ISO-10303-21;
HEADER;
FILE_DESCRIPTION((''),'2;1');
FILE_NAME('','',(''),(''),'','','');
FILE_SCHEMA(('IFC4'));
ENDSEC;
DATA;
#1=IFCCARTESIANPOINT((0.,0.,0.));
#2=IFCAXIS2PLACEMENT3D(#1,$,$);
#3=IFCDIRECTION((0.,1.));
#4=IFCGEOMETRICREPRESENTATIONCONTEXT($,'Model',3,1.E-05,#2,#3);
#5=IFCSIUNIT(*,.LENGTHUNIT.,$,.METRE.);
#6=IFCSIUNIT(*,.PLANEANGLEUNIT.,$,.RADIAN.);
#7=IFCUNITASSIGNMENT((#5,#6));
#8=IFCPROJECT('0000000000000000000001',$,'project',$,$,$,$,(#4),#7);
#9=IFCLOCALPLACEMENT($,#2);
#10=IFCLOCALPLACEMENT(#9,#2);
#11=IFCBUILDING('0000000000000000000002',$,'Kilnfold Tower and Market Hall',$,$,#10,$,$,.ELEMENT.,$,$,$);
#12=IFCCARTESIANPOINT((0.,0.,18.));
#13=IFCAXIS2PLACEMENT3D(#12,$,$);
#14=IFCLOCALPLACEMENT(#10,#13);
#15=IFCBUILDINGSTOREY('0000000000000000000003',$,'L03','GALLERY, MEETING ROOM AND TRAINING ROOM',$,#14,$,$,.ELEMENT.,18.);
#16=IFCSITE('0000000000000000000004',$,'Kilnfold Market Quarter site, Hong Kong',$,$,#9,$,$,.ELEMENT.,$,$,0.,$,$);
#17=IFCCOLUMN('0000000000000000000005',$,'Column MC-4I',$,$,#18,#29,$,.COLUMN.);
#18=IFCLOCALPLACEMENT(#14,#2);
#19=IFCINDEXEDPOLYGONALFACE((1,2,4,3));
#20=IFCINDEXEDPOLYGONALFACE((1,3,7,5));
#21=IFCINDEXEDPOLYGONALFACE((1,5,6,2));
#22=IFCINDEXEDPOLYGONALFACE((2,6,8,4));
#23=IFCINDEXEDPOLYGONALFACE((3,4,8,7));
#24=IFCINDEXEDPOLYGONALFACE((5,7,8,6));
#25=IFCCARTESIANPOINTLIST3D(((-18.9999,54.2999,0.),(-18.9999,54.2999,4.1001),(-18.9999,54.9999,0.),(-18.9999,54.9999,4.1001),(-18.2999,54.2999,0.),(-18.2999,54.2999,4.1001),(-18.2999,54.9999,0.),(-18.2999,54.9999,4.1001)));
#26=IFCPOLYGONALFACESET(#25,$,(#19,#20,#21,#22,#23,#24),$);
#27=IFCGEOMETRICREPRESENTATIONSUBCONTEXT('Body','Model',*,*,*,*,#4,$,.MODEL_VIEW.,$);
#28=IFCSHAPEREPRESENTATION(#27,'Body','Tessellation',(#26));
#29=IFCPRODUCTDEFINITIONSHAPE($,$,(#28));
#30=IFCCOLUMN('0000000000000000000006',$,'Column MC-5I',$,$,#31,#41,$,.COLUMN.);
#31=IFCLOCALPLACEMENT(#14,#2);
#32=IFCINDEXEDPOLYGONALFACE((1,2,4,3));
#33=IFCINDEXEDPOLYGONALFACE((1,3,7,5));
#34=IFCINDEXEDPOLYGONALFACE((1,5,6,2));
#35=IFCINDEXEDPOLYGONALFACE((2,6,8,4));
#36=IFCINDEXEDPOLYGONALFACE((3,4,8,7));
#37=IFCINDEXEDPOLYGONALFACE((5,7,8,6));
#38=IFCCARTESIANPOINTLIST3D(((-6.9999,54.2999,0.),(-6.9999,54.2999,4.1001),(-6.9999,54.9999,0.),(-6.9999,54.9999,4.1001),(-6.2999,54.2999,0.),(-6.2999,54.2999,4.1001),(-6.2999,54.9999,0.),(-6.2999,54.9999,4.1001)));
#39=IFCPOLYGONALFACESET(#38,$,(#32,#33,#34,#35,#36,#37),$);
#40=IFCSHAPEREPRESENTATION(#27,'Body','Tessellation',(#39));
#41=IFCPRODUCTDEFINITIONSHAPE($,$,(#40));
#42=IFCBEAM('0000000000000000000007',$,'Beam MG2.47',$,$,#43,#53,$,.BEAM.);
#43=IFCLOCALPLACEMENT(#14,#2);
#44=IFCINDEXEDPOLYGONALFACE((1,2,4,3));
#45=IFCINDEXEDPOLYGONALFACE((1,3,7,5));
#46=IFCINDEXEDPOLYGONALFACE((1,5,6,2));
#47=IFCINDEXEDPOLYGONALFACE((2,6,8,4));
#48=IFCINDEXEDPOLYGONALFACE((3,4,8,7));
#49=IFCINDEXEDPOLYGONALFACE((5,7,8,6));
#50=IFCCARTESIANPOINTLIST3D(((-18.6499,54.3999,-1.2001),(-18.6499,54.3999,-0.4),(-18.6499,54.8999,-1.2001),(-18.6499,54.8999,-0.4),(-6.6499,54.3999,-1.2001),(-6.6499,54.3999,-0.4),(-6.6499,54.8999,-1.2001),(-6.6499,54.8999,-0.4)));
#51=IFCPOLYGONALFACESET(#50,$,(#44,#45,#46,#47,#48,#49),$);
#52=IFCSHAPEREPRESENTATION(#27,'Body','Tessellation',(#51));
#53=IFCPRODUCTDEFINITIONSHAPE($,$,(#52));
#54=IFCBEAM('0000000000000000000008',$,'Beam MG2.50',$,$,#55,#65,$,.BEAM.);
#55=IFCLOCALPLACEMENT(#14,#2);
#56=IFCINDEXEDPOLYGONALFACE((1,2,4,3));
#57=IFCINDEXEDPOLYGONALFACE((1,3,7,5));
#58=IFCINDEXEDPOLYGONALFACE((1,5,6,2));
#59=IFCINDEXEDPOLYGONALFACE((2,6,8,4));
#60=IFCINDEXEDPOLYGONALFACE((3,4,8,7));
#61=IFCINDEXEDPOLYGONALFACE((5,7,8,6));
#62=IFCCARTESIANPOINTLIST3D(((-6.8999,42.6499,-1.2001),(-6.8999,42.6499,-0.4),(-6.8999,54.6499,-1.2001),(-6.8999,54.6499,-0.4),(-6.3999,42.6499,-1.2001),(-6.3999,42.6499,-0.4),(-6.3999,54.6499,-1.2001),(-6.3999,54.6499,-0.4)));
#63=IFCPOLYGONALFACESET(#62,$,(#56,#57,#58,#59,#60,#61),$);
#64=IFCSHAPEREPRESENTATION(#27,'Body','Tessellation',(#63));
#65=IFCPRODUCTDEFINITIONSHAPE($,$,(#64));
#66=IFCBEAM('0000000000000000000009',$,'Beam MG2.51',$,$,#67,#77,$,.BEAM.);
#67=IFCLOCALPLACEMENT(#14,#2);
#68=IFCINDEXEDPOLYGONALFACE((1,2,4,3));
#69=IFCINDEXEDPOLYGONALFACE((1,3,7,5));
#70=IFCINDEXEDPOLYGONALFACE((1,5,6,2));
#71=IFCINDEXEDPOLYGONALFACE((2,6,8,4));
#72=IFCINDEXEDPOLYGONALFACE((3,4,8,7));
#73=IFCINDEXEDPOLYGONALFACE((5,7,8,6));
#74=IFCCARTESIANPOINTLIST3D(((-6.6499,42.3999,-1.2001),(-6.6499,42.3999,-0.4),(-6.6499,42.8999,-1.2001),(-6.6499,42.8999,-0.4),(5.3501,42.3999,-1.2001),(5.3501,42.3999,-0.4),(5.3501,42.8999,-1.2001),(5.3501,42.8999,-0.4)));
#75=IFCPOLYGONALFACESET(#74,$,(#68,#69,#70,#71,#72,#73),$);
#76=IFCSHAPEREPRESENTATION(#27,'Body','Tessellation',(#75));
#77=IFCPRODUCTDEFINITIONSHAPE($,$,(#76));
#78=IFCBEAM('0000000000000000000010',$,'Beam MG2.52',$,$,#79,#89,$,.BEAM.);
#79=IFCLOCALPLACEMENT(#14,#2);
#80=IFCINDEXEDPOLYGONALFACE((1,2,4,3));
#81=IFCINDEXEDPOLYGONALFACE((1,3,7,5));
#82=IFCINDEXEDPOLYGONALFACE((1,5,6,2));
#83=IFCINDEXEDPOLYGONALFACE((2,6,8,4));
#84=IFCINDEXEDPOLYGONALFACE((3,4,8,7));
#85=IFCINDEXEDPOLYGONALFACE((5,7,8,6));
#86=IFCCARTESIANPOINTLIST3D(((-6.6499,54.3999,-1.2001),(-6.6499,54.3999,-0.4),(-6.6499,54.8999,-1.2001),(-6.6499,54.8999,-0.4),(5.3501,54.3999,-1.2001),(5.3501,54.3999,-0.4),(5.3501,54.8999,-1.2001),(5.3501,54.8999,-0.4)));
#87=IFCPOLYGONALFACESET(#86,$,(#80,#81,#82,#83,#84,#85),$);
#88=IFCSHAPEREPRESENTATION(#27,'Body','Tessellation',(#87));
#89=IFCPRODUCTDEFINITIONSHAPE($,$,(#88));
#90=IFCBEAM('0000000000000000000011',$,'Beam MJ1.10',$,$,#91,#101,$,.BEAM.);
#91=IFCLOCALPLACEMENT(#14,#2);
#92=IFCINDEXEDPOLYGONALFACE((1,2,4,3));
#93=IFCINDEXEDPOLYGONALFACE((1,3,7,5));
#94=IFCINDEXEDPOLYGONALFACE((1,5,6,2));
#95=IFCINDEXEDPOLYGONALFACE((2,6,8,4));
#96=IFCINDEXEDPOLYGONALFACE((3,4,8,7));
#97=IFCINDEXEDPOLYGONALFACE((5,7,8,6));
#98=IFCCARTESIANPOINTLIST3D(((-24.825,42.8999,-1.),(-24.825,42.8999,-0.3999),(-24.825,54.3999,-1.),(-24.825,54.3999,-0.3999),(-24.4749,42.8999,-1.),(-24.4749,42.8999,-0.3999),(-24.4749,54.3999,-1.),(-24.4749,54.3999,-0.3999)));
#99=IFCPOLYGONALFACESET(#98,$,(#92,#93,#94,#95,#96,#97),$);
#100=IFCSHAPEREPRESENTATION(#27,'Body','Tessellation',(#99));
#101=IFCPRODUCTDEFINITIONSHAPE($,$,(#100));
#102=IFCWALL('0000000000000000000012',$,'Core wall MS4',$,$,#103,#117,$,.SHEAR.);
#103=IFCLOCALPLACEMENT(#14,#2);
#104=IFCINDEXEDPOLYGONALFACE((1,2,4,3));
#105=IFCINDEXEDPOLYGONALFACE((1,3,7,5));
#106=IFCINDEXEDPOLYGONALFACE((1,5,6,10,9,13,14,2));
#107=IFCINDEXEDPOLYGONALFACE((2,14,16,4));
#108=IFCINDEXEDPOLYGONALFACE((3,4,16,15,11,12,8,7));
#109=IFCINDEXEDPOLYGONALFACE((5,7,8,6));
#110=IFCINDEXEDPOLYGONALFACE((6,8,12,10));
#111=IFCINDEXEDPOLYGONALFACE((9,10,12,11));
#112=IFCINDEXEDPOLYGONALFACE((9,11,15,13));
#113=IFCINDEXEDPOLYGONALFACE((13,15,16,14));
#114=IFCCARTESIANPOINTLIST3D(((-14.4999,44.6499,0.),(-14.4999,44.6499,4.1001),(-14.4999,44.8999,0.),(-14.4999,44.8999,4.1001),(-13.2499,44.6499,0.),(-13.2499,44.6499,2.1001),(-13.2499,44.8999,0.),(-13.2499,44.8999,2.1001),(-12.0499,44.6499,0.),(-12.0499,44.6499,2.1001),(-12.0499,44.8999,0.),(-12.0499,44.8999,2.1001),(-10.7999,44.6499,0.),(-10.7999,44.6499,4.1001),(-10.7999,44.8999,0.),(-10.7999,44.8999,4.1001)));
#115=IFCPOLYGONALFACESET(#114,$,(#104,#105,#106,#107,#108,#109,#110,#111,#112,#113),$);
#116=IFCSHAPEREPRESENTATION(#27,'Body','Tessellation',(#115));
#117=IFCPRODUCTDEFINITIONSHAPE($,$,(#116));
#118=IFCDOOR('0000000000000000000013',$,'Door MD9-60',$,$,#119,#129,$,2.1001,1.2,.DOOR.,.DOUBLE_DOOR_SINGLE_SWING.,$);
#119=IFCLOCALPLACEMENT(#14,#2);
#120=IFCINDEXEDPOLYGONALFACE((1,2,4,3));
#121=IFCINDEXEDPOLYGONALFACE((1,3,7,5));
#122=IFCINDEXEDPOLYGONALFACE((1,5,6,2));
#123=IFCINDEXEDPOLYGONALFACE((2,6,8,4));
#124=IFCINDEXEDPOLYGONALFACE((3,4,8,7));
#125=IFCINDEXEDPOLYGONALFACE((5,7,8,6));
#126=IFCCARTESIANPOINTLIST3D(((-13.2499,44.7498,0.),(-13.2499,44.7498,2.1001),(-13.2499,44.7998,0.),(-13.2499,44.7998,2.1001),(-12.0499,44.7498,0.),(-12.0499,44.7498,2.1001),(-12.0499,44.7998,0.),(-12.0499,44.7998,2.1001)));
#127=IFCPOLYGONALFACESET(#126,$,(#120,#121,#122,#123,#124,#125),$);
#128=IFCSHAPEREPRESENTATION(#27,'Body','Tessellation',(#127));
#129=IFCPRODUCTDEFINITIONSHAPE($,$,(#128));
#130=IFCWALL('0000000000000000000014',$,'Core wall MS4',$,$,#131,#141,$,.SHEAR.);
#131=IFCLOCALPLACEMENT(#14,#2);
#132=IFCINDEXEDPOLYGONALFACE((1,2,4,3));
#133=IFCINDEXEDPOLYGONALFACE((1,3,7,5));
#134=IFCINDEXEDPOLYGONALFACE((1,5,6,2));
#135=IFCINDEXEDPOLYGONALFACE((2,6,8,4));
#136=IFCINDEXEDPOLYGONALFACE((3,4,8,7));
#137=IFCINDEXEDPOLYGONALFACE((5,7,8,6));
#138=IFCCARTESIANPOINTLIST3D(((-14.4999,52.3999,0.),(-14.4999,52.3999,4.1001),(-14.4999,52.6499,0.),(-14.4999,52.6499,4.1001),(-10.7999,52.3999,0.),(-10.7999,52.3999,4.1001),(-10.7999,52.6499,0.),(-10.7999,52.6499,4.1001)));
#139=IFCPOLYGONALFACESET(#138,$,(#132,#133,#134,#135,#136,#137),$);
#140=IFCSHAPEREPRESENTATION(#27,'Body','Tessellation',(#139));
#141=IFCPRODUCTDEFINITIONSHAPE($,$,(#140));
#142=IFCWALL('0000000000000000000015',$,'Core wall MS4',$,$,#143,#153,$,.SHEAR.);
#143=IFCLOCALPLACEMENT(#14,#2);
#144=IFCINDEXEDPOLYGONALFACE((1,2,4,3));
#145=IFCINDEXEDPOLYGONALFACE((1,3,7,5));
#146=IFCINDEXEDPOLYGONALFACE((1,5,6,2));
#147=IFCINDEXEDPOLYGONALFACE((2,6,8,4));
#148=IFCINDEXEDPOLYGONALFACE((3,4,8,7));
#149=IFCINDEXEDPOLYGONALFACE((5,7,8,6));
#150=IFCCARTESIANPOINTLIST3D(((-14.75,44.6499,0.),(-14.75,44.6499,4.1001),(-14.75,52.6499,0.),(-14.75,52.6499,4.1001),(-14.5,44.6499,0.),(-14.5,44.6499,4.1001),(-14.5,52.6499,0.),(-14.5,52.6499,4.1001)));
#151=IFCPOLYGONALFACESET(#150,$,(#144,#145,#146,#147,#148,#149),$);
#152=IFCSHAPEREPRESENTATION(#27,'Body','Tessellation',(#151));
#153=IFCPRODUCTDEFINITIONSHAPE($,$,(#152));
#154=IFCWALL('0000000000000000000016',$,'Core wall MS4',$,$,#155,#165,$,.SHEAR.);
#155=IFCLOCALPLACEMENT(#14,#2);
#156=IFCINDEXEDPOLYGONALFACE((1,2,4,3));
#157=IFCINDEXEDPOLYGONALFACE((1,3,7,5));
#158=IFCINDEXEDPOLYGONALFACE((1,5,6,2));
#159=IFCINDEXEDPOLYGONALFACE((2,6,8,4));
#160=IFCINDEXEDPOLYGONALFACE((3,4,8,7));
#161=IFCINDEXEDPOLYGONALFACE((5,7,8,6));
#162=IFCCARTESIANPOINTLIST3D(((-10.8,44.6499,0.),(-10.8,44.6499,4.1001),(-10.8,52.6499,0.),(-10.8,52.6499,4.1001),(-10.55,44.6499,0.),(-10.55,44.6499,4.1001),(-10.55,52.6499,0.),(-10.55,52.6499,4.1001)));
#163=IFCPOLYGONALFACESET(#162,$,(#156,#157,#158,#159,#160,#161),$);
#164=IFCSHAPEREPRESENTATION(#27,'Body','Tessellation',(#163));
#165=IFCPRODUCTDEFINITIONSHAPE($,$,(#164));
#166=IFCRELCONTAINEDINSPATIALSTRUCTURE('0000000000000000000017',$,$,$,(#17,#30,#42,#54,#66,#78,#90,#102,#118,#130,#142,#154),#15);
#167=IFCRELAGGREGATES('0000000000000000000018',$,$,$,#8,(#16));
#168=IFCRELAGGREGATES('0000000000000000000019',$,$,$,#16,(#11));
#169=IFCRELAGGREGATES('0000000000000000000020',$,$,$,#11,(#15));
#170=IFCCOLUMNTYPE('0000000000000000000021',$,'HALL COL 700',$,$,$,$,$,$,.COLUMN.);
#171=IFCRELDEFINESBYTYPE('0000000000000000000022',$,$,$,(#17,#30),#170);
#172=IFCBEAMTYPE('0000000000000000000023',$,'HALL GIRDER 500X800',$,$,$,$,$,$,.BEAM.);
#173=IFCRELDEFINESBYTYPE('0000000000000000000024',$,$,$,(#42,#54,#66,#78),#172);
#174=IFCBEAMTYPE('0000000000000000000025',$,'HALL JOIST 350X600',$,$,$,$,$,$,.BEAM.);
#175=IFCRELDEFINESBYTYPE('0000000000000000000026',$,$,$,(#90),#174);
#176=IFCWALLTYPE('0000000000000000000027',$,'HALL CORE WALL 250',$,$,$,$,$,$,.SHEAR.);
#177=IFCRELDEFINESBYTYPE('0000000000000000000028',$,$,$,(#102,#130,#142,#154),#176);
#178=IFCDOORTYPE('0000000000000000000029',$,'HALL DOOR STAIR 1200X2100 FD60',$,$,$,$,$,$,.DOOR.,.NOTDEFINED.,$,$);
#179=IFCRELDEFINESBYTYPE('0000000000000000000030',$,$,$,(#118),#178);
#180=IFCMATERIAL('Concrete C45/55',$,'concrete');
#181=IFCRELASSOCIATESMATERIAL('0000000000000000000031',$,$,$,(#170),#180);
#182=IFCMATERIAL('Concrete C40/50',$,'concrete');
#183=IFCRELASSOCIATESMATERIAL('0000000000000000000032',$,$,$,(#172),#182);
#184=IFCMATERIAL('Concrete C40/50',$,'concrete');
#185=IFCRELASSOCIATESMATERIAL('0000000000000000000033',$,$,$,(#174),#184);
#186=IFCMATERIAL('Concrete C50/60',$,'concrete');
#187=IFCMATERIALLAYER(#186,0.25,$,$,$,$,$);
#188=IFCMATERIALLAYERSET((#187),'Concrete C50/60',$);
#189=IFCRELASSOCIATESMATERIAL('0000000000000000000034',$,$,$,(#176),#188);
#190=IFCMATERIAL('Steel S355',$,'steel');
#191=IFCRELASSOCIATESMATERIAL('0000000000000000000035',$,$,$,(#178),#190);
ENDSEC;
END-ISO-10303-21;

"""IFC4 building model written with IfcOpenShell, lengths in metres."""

from ifc_helpers import new_model, si_unit, direction, frame, frame_2d, origin, origin_2d, place, context, subcontext, project, spatial, rectangle, extrude, source, transform, mapped, material, layer, layer_set, material_profile, profile_set, type_object, element, fill, save


model = new_model("IFC4")

# Units and contexts
model_context = context("Model", 3, precision=1e-05, world=origin(), true_north=direction((0.0, 1.0)))
body_context = subcontext(model_context, "Body", "Model", "MODEL_VIEW")
ifc_project = project(units=[si_unit("LENGTHUNIT", "METRE"), si_unit("PLANEANGLEUNIT", "RADIAN")], contexts=[model_context])

# Site, building, storey
site_placement = place(None, origin())
site = spatial("IfcSite", under=ifc_project, at=site_placement, Name="Kilnfold Market Quarter site, Hong Kong", CompositionType="ELEMENT", RefElevation=0.0)
building_placement = place(site_placement, origin())
building = spatial("IfcBuilding", under=site, at=building_placement, Name="Kilnfold Tower and Market Hall", CompositionType="ELEMENT")
storey_placement = place(building_placement, frame((0.0, 0.0, 18.0)))
storey = spatial("IfcBuildingStorey", under=building, at=storey_placement, Name="L03", Description="GALLERY, MEETING ROOM AND TRAINING ROOM", CompositionType="ELEMENT", Elevation=18.0)

# Columns
ifc_material_1 = material(Name="Concrete C45/55", Category="concrete")
ifc_material_profile_1 = material_profile(ifc_material_1, rectangle(XDim=0.7, YDim=0.7, at=origin_2d()), Name="RC 700x700")
ifc_profile_set_1 = profile_set([ifc_material_profile_1], Name="Concrete C45/55")
column_type = type_object("IfcColumnType", Name="HALL COL 700", PredefinedType="COLUMN", material=ifc_profile_set_1)
shared_shape_1 = source(origin(), body_context, "Body", "SweptSolid", [
    extrude(rectangle(XDim=0.7, YDim=0.7, at=origin_2d()), origin(), (0.0, 0.0, 1.0), 4.1001),
])
for number, where, z_axis, x_axis, name in (
    (1, (-18.6499, 54.6499, 0.0), (0.0, 0.0, 1.0), (1.0, 0.0, 0.0), "Column MC-4I"),
    (2, (-6.6499, 54.6499, 0.0), (0.0, 0.0, 1.0), (1.0, 0.0, 0.0), "Column MC-5I"),
):
    element("IfcColumn", number, at=place(storey_placement, frame(where, z_axis=z_axis, x_axis=x_axis)), inside=storey, type_object=column_type, Name=name, PredefinedType="COLUMN", context=body_context, shape_type="MappedRepresentation", body=[
        mapped(shared_shape_1, transform((0.0, 0.0, 0.0))),
    ])

# Beams
ifc_material_2 = material(Name="Concrete C40/50", Category="concrete")
ifc_material_profile_2 = material_profile(ifc_material_2, rectangle(XDim=0.5, YDim=0.8, at=origin_2d()), Name="RC 500x800")
ifc_profile_set_2 = profile_set([ifc_material_profile_2], Name="Concrete C40/50")
beam_type_1 = type_object("IfcBeamType", Name="HALL GIRDER 500X800", PredefinedType="BEAM", material=ifc_profile_set_2)
for number, where, z_axis, x_axis, name in (
    (3, (-18.6499, 54.6499, -0.8), (1.0, 0.0, 0.0), (0.0, 1.0, 0.0), "Beam MG2.47"),
    (4, (-6.6499, 42.6499, -0.8), (0.0, 1.0, 0.0), (-1.0, 0.0, 0.0), "Beam MG2.50"),
    (5, (-6.6499, 42.6499, -0.8), (1.0, 0.0, 0.0), (0.0, 1.0, 0.0), "Beam MG2.51"),
    (6, (-6.6499, 54.6499, -0.8), (1.0, 0.0, 0.0), (0.0, 1.0, 0.0), "Beam MG2.52"),
):
    element("IfcBeam", number, at=place(storey_placement, frame(where, z_axis=z_axis, x_axis=x_axis)), inside=storey, type_object=beam_type_1, Name=name, PredefinedType="BEAM", context=body_context, shape_type="SweptSolid", body=[
        extrude(rectangle(XDim=0.5, YDim=0.8, at=origin_2d()), origin(), (0.0, 0.0, 1.0), 12.0),
    ])
ifc_material_3 = material(Name="Concrete C40/50", Category="concrete")
ifc_material_profile_3 = material_profile(ifc_material_3, rectangle(XDim=0.3501, YDim=0.6001, at=origin_2d()), Name="RC 350x600")
ifc_profile_set_3 = profile_set([ifc_material_profile_3], Name="Concrete C40/50")
beam_type_2 = type_object("IfcBeamType", Name="HALL JOIST 350X600", PredefinedType="BEAM", material=ifc_profile_set_3)
beam_placement = place(storey_placement, frame((-24.6499, 42.8999, -0.7), z_axis=(0.0, 1.0, 0.0), x_axis=(-1.0, 0.0, 0.0)))
element("IfcBeam", 7, at=beam_placement, inside=storey, type_object=beam_type_2, Name="Beam MJ1.10", PredefinedType="BEAM", context=body_context, shape_type="SweptSolid", body=[
    extrude(rectangle(XDim=0.3501, YDim=0.6001, at=origin_2d()), origin(), (0.0, 0.0, 1.0), 11.5),
])

# Wall, opening, door
ifc_material_4 = material(Name="Concrete C50/60", Category="concrete")
ifc_layer_1 = layer(ifc_material_4, 0.25)
ifc_layer_set_1 = layer_set([ifc_layer_1], Name="Concrete C50/60")
wall_type_1 = type_object("IfcWallType", Name="HALL CORE WALL 250", PredefinedType="SHEAR", material=ifc_layer_set_1)
shared_shape_2 = source(origin(), body_context, "Body", "SweptSolid", [
    extrude(rectangle(XDim=3.7, YDim=0.25, at=frame_2d((1.8501, 0.0))), origin(), (0.0, 0.0, 1.0), 4.1001),
])
wall_1_placement = place(storey_placement, frame((-14.5, 44.7749, 0.0), z_axis=(0.0, 0.0, 1.0), x_axis=(1.0, 0.0, 0.0)))
wall_1 = element("IfcWall", 8, at=wall_1_placement, inside=storey, type_object=wall_type_1, Name="Core wall MS4", PredefinedType="SHEAR", context=body_context, shape_type="MappedRepresentation", body=[
    mapped(shared_shape_2, transform((0.0, 0.0, 0.0))),
])
opening_1_placement = place(wall_1_placement, frame((1.25, 0.0, 0.0)))
opening_1 = element("IfcOpeningElement", 9, at=opening_1_placement, cuts=wall_1, PredefinedType="OPENING", context=body_context, shape_type="SweptSolid", body=[
    extrude(rectangle(XDim=1.2, YDim=2.1001, at=frame_2d((0.6001, 1.05))), frame((0.0, 0.135, 0.0), z_axis=(0.0, -1.0, 0.0), x_axis=(1.0, 0.0, 0.0)), (0.0, 0.0, 1.0), 0.27),
])
ifc_material_5 = material(Name="Steel S355", Category="steel")
door_type_1 = type_object("IfcDoorType", Name="HALL DOOR STAIR 1200X2100 FD60", OperationType="NOTDEFINED", PredefinedType="DOOR", material=ifc_material_5)
door_1_placement = place(opening_1_placement, origin())
door_1 = element("IfcDoor", 10, at=door_1_placement, inside=storey, type_object=door_type_1, Name="Door MD9-60", OperationType="DOUBLE_DOOR_SINGLE_SWING", OverallHeight=2.1001, OverallWidth=1.2, PredefinedType="DOOR", context=body_context, shape_type="SweptSolid", body=[
    extrude(rectangle(XDim=1.2, YDim=2.1001, at=frame_2d((0.6001, 1.05))), frame((0.0, 0.0249, 0.0), z_axis=(0.0, -1.0, 0.0), x_axis=(1.0, 0.0, 0.0)), (0.0, 0.0, 1.0), 0.05),
])
fill(opening_1, door_1)

# Walls
wall_2_placement = place(storey_placement, frame((-14.5, 52.5249, 0.0), z_axis=(0.0, 0.0, 1.0), x_axis=(1.0, 0.0, 0.0)))
element("IfcWall", 11, at=wall_2_placement, inside=storey, type_object=wall_type_1, Name="Core wall MS4", PredefinedType="SHEAR", context=body_context, shape_type="MappedRepresentation", body=[
    mapped(shared_shape_2, transform((0.0, 0.0, 0.0))),
])
shared_shape_3 = source(origin(), body_context, "Body", "SweptSolid", [
    extrude(rectangle(XDim=8.0, YDim=0.25, at=frame_2d((4.0, 0.0))), origin(), (0.0, 0.0, 1.0), 4.1001),
])
for number, where, z_axis, x_axis, name in (
    (12, (-14.625, 44.6499, 0.0), (0.0, 0.0, 1.0), (0.0, 1.0, 0.0), "Core wall MS4"),
    (13, (-10.675, 44.6499, 0.0), (0.0, 0.0, 1.0), (0.0, 1.0, 0.0), "Core wall MS4"),
):
    element("IfcWall", number, at=place(storey_placement, frame(where, z_axis=z_axis, x_axis=x_axis)), inside=storey, type_object=wall_type_1, Name=name, PredefinedType="SHEAR", context=body_context, shape_type="MappedRepresentation", body=[
        mapped(shared_shape_3, transform((0.0, 0.0, 0.0))),
    ])

save(model, "model.ifc")
